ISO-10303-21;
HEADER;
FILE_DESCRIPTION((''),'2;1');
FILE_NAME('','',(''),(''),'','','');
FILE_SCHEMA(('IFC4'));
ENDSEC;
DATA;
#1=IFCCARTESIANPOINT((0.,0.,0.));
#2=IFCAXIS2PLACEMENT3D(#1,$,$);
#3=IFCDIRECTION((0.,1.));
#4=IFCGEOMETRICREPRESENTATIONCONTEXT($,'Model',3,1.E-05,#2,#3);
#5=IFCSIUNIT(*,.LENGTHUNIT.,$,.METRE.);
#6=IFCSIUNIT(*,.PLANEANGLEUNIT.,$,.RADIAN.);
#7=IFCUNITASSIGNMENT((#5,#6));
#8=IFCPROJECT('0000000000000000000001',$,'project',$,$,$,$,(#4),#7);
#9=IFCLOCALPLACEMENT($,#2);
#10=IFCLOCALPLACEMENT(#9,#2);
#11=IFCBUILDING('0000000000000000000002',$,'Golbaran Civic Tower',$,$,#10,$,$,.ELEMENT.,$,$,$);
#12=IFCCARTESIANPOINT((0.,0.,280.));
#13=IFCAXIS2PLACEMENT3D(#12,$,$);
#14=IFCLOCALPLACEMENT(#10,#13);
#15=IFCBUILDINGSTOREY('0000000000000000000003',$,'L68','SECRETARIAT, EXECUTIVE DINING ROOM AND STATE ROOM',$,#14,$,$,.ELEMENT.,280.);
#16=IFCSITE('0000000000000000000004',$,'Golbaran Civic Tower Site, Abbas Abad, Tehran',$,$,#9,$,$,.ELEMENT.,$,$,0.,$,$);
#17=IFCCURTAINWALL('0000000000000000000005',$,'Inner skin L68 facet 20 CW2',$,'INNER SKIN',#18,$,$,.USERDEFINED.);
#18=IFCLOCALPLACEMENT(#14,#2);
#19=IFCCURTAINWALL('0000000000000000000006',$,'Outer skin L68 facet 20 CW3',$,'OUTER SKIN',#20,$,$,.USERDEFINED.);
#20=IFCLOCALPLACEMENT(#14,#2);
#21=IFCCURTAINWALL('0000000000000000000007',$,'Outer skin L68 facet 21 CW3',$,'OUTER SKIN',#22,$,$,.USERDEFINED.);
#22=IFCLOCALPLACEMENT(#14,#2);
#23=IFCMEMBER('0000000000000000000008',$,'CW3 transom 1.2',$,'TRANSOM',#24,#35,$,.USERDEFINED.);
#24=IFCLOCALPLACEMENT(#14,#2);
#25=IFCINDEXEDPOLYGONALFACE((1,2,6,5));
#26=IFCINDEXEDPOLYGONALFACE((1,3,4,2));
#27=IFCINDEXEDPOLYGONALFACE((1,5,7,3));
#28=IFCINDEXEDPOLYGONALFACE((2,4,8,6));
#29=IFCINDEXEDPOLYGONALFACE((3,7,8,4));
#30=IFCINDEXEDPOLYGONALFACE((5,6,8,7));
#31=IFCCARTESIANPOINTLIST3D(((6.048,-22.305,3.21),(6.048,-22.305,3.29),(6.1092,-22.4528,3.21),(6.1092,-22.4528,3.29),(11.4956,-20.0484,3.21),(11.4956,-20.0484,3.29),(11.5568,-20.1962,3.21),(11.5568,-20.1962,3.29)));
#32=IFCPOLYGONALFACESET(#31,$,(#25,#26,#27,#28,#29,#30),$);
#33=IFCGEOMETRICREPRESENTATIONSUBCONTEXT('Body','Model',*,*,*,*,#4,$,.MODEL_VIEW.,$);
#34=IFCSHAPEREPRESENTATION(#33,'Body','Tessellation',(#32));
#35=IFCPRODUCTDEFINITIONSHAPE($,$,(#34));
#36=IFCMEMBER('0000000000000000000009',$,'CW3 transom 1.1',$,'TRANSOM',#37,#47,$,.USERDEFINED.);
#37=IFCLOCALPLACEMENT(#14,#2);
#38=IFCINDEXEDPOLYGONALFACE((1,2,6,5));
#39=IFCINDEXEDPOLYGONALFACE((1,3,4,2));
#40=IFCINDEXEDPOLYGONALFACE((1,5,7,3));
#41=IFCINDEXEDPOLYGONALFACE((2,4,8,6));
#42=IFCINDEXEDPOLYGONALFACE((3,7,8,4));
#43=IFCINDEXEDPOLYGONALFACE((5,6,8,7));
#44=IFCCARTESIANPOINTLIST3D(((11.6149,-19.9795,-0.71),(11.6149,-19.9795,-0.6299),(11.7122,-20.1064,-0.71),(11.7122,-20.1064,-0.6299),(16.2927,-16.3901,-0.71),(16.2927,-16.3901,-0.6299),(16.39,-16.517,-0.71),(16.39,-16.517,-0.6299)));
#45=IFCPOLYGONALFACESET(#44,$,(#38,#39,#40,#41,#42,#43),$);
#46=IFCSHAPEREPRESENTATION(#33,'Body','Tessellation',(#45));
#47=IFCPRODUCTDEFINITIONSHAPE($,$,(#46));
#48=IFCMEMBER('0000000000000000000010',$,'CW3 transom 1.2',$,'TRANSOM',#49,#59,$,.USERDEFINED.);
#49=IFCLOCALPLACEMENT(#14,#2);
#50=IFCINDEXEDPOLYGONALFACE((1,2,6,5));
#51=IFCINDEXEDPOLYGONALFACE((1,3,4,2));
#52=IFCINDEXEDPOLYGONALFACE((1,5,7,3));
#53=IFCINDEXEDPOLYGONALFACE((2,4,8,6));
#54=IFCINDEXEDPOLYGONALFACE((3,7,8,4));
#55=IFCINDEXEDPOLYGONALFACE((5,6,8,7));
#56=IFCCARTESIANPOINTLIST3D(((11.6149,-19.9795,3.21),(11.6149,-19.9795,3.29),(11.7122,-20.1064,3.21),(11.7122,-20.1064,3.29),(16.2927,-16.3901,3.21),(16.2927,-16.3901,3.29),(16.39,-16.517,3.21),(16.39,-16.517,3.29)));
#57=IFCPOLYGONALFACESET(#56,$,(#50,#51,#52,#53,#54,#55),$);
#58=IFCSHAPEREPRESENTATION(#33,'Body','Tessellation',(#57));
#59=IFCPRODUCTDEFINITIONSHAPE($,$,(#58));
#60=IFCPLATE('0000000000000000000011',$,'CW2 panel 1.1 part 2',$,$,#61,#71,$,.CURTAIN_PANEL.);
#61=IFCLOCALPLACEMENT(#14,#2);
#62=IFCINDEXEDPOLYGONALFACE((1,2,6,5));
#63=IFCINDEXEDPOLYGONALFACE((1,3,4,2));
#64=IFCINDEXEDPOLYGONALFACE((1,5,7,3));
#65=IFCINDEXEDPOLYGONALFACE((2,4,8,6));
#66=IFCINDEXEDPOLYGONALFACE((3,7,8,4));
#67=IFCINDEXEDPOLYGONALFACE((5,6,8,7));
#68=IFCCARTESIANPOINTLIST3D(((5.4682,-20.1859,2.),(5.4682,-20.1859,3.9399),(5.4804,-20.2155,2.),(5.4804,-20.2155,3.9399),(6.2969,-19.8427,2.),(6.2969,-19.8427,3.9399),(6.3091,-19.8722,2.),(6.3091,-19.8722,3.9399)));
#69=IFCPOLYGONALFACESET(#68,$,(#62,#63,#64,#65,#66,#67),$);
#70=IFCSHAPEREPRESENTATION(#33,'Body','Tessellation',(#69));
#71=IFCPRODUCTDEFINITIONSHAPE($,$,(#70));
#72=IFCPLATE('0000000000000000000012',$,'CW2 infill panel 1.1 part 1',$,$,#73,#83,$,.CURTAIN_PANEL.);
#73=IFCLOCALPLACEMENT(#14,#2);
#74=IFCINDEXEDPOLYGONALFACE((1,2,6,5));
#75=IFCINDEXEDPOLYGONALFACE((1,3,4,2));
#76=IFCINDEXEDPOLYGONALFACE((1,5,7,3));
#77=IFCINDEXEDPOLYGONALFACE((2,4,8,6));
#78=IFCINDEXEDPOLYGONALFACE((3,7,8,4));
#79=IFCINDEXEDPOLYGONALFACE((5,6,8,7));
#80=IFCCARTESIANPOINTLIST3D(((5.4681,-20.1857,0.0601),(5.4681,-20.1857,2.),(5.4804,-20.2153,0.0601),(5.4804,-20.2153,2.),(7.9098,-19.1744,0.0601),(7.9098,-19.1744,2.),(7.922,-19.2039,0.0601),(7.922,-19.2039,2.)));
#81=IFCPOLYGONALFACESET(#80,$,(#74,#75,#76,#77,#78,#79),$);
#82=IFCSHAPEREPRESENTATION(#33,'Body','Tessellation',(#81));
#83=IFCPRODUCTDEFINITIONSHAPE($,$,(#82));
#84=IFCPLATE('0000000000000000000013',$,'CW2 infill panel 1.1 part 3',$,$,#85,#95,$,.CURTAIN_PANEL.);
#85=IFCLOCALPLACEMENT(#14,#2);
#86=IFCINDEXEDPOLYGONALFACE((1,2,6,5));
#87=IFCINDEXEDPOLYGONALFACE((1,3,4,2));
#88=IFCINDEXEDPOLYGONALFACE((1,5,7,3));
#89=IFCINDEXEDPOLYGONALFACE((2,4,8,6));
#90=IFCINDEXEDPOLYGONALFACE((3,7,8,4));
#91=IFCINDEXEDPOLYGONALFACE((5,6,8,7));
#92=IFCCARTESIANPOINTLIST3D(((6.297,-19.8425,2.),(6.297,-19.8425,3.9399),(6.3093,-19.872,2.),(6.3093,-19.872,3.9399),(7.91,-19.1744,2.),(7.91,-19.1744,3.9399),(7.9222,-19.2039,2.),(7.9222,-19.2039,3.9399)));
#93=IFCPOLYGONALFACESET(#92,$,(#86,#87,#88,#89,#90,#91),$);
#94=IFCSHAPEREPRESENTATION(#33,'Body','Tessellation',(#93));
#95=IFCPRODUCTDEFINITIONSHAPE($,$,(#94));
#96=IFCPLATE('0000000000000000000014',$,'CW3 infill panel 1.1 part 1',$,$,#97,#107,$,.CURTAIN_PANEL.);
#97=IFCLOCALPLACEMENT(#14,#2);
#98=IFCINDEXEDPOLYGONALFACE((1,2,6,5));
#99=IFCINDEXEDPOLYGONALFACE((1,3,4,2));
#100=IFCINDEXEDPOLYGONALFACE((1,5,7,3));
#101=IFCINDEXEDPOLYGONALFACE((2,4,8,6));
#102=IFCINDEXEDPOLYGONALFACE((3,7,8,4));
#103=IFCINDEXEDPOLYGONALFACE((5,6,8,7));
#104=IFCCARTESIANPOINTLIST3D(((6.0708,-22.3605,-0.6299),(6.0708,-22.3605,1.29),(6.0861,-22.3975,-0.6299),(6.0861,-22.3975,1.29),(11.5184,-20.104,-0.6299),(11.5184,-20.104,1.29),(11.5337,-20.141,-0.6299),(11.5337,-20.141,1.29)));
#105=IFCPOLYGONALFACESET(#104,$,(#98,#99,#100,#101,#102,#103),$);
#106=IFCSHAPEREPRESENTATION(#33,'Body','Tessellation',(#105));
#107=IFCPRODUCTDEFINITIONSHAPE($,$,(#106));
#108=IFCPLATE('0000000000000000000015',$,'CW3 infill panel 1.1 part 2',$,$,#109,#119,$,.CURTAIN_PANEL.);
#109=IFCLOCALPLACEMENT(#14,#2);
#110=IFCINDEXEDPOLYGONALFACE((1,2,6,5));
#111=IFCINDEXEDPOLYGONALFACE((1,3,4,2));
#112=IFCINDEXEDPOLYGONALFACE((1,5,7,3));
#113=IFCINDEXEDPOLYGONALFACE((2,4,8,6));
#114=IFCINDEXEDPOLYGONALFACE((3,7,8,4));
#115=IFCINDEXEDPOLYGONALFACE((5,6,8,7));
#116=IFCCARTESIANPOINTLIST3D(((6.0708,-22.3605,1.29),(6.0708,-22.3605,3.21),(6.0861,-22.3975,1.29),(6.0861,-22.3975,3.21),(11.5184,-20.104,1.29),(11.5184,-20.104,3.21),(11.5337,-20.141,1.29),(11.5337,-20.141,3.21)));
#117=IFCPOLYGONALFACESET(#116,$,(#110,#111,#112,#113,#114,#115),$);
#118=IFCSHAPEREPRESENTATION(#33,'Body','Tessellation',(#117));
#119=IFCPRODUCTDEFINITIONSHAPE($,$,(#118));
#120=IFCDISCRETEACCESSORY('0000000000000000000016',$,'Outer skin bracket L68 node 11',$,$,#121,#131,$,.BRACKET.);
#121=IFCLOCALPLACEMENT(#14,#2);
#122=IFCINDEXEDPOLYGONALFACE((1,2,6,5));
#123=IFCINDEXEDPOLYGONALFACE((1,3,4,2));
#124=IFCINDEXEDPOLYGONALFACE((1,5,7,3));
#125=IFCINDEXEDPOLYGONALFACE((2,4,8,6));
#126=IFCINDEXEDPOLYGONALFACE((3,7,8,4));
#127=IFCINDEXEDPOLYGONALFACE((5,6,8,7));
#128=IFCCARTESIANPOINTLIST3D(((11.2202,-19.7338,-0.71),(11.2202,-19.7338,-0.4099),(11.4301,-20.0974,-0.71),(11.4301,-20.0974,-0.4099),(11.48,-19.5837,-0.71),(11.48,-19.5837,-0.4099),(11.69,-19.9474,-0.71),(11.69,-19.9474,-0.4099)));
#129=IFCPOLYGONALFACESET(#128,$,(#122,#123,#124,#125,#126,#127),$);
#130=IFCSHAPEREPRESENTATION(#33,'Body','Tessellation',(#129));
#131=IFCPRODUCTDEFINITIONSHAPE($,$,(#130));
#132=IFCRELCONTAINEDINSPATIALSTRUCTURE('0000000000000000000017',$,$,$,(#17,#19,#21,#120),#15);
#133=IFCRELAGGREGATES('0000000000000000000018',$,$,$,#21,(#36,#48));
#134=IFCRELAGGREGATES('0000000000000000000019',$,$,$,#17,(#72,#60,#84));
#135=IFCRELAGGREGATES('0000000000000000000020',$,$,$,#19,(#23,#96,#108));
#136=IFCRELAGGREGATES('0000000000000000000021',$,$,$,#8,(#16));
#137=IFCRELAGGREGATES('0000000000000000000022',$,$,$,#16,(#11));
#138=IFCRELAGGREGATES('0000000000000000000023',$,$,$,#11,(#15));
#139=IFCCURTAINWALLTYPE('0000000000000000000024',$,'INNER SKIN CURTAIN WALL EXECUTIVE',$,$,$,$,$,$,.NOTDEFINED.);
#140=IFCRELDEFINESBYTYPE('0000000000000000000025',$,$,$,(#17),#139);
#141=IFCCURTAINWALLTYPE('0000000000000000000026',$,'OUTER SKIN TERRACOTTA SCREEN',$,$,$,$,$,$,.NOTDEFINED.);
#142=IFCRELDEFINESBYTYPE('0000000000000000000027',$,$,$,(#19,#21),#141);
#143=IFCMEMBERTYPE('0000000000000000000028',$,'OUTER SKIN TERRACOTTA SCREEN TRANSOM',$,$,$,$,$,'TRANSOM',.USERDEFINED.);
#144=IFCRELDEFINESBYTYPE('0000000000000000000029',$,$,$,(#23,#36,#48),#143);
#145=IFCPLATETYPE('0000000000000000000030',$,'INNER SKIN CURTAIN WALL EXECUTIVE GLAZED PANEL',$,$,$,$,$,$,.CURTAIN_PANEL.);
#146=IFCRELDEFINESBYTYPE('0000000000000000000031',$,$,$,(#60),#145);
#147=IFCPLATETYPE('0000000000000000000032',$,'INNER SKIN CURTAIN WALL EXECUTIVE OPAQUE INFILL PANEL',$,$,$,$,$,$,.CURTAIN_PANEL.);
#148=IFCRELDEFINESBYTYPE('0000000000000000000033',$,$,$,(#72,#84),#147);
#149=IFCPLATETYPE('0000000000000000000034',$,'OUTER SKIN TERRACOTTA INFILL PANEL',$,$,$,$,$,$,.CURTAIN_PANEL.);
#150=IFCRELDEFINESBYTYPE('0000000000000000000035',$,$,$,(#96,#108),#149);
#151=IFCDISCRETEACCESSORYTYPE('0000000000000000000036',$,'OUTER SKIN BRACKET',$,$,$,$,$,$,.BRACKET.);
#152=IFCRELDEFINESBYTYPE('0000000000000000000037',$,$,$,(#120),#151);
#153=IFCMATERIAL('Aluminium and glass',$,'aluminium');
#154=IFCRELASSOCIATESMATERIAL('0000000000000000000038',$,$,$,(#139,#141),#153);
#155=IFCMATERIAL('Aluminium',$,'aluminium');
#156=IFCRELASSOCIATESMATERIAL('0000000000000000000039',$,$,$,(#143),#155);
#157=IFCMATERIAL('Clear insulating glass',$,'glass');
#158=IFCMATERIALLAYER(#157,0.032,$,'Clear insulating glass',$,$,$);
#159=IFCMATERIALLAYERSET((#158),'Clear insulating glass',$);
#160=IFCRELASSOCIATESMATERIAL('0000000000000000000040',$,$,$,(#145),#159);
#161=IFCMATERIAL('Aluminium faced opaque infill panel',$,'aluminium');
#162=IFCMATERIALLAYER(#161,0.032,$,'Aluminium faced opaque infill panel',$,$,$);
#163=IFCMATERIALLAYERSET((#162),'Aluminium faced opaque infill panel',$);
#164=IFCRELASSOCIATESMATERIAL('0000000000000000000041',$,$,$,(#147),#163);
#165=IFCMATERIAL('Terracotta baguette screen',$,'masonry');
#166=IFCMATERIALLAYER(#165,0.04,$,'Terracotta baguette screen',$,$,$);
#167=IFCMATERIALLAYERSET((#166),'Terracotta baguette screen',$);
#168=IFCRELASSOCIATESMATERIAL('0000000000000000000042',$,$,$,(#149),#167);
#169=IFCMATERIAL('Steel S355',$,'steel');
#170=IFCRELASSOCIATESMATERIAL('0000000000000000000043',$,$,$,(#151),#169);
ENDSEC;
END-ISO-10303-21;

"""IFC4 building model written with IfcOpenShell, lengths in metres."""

from ifc_helpers import new_model, si_unit, direction, frame, origin, origin_2d, place, context, subcontext, project, spatial, rectangle, extrude, material, layer, layer_set, material_profile, profile_set, type_object, element, aggregate, save


model = new_model("IFC4")

# Units and contexts
model_context = context("Model", 3, precision=1e-05, world=origin(), true_north=direction((0.0, 1.0)))
body_context = subcontext(model_context, "Body", "Model", "MODEL_VIEW")
ifc_project = project(units=[si_unit("LENGTHUNIT", "METRE"), si_unit("PLANEANGLEUNIT", "RADIAN")], contexts=[model_context])

# Site, building, storey
site_placement = place(None, origin())
site = spatial("IfcSite", under=ifc_project, at=site_placement, Name="Golbaran Civic Tower Site, Abbas Abad, Tehran", CompositionType="ELEMENT", RefElevation=0.0)
building_placement = place(site_placement, origin())
building = spatial("IfcBuilding", under=site, at=building_placement, Name="Golbaran Civic Tower", CompositionType="ELEMENT")
storey_placement = place(building_placement, frame((0.0, 0.0, 280.0)))
storey = spatial("IfcBuildingStorey", under=building, at=storey_placement, Name="L68", Description="SECRETARIAT, EXECUTIVE DINING ROOM AND STATE ROOM", CompositionType="ELEMENT", Elevation=280.0)

# Shared definitions
ifc_material_1 = material(Name="Steel S355", Category="steel")

# Curtain wall
ifc_material_2 = material(Name="Aluminium and glass", Category="aluminium")
curtain_wall_type_1 = type_object("IfcCurtainWallType", Name="INNER SKIN CURTAIN WALL EXECUTIVE", PredefinedType="NOTDEFINED", material=ifc_material_2)
curtain_wall_1_placement = place(storey_placement, origin())
curtain_wall_1 = element("IfcCurtainWall", 1, at=curtain_wall_1_placement, inside=storey, type_object=curtain_wall_type_1, Name="Inner skin L68 facet 20 CW2", ObjectType="INNER SKIN", PredefinedType="USERDEFINED")
ifc_material_3 = material(Name="Aluminium", Category="aluminium")

# Shared definitions
curtain_wall_type_2 = type_object("IfcCurtainWallType", Name="OUTER SKIN TERRACOTTA SCREEN", PredefinedType="NOTDEFINED", material=ifc_material_2)

# Curtain wall
curtain_wall_2_placement = place(storey_placement, origin())
curtain_wall_2 = element("IfcCurtainWall", 2, at=curtain_wall_2_placement, inside=storey, type_object=curtain_wall_type_2, Name="Outer skin L68 facet 20 CW3", ObjectType="OUTER SKIN", PredefinedType="USERDEFINED")

# Curtain wall
curtain_wall_3_placement = place(storey_placement, origin())
curtain_wall_3 = element("IfcCurtainWall", 3, at=curtain_wall_3_placement, inside=storey, type_object=curtain_wall_type_2, Name="Outer skin L68 facet 21 CW3", ObjectType="OUTER SKIN", PredefinedType="USERDEFINED")

# Members
ifc_material_profile_1 = material_profile(ifc_material_3, rectangle(XDim=0.1599, YDim=0.0801, at=origin_2d()), Name="OUTER SKIN TERRACOTTA SCREEN TRANSOM")
ifc_profile_set_1 = profile_set([ifc_material_profile_1], Name="Aluminium")
member_type_1 = type_object("IfcMemberType", Name="OUTER SKIN TERRACOTTA SCREEN TRANSOM", ElementType="TRANSOM", PredefinedType="USERDEFINED", material=ifc_profile_set_1)
member_1_placement = place(storey_placement, frame((6.0786, -22.3789, 3.25), z_axis=(0.92387, 0.382707, 0.0), x_axis=(-0.382707, 0.92387, 0.0)))
member_1 = element("IfcMember", 4, at=member_1_placement, type_object=member_type_1, Name="CW3 transom 1.2", ObjectType="TRANSOM", PredefinedType="USERDEFINED", context=body_context, shape_type="SweptSolid", body=[
    extrude(rectangle(XDim=0.1599, YDim=0.0801, at=origin_2d()), origin(), (0.0, 0.0, 1.0), 5.8965),
])
member_2_placement = place(storey_placement, frame((11.6636, -20.043, -0.6699), z_axis=(0.793353, 0.608762, 0.0), x_axis=(-0.608762, 0.793353, 0.0)))
member_2 = element("IfcMember", 5, at=member_2_placement, type_object=member_type_1, Name="CW3 transom 1.1", ObjectType="TRANSOM", PredefinedType="USERDEFINED", context=body_context, shape_type="SweptSolid", body=[
    extrude(rectangle(XDim=0.1599, YDim=0.0801, at=origin_2d()), origin(), (0.0, 0.0, 1.0), 5.8962),
])
member_3_placement = place(storey_placement, frame((11.6636, -20.043, 3.25), z_axis=(0.793353, 0.608762, 0.0), x_axis=(-0.608762, 0.793353, 0.0)))
member_3 = element("IfcMember", 6, at=member_3_placement, type_object=member_type_1, Name="CW3 transom 1.2", ObjectType="TRANSOM", PredefinedType="USERDEFINED", context=body_context, shape_type="SweptSolid", body=[
    extrude(rectangle(XDim=0.1599, YDim=0.0801, at=origin_2d()), origin(), (0.0, 0.0, 1.0), 5.8962),
])
aggregate(curtain_wall_3, [member_2, member_3])

# Plates
ifc_material_4 = material(Name="Clear insulating glass", Category="glass")
ifc_layer_1 = layer(ifc_material_4, 0.032, Name="Clear insulating glass")
ifc_layer_set_1 = layer_set([ifc_layer_1], Name="Clear insulating glass")
plate_type_1 = type_object("IfcPlateType", Name="INNER SKIN CURTAIN WALL EXECUTIVE GLAZED PANEL", PredefinedType="CURTAIN_PANEL", material=ifc_layer_set_1)
plate_1_placement = place(storey_placement, frame((5.8887, -20.0291, 2.0), z_axis=(0.0, 0.0, 1.0), x_axis=(0.92388, 0.382683, 0.0)))
plate_1 = element("IfcPlate", 7, at=plate_1_placement, type_object=plate_type_1, Name="CW2 panel 1.1 part 2", PredefinedType="CURTAIN_PANEL", context=body_context, shape_type="SweptSolid", body=[
    extrude(rectangle(XDim=0.897, YDim=0.032, at=origin_2d()), origin(), (0.0, 0.0, 1.0), 1.9399),
])
ifc_material_5 = material(Name="Aluminium faced opaque infill panel", Category="aluminium")
ifc_layer_2 = layer(ifc_material_5, 0.032, Name="Aluminium faced opaque infill panel")
ifc_layer_set_2 = layer_set([ifc_layer_2], Name="Aluminium faced opaque infill panel")
plate_type_2 = type_object("IfcPlateType", Name="INNER SKIN CURTAIN WALL EXECUTIVE OPAQUE INFILL PANEL", PredefinedType="CURTAIN_PANEL", material=ifc_layer_set_2)
plate_2_placement = place(storey_placement, frame((6.6951, -19.6948, 0.0601), z_axis=(0.0, 0.0, 1.0), x_axis=(0.92388, 0.382683, 0.0)))
plate_2 = element("IfcPlate", 8, at=plate_2_placement, type_object=plate_type_2, Name="CW2 infill panel 1.1 part 1", PredefinedType="CURTAIN_PANEL", context=body_context, shape_type="SweptSolid", body=[
    extrude(rectangle(XDim=2.6428, YDim=0.032, at=origin_2d()), origin(), (0.0, 0.0, 1.0), 1.9399),
])
plate_3_placement = place(storey_placement, frame((7.1096, -19.5232, 2.0), z_axis=(0.0, 0.0, 1.0), x_axis=(0.92388, 0.382683, 0.0)))
plate_3 = element("IfcPlate", 9, at=plate_3_placement, type_object=plate_type_2, Name="CW2 infill panel 1.1 part 3", PredefinedType="CURTAIN_PANEL", context=body_context, shape_type="SweptSolid", body=[
    extrude(rectangle(XDim=1.7458, YDim=0.032, at=origin_2d()), origin(), (0.0, 0.0, 1.0), 1.9399),
])
aggregate(curtain_wall_1, [plate_2, plate_1, plate_3])
ifc_material_6 = material(Name="Terracotta baguette screen", Category="masonry")
ifc_layer_3 = layer(ifc_material_6, 0.04, Name="Terracotta baguette screen")
ifc_layer_set_3 = layer_set([ifc_layer_3], Name="Terracotta baguette screen")
plate_type_3 = type_object("IfcPlateType", Name="OUTER SKIN TERRACOTTA INFILL PANEL", PredefinedType="CURTAIN_PANEL", material=ifc_layer_set_3)
plate_4_placement = place(storey_placement, frame((8.8022, -21.2507, -0.6299), z_axis=(0.0, 0.0, 1.0), x_axis=(0.92388, 0.382683, 0.0)))
plate_4 = element("IfcPlate", 10, at=plate_4_placement, type_object=plate_type_3, Name="CW3 infill panel 1.1 part 1", PredefinedType="CURTAIN_PANEL", context=body_context, shape_type="SweptSolid", body=[
    extrude(rectangle(XDim=5.8965, YDim=0.04, at=origin_2d()), origin(), (0.0, 0.0, 1.0), 1.9199),
])
plate_5_placement = place(storey_placement, frame((8.8022, -21.2507, 1.29), z_axis=(0.0, 0.0, 1.0), x_axis=(0.92388, 0.382683, 0.0)))
plate_5 = element("IfcPlate", 11, at=plate_5_placement, type_object=plate_type_3, Name="CW3 infill panel 1.1 part 2", PredefinedType="CURTAIN_PANEL", context=body_context, shape_type="SweptSolid", body=[
    extrude(rectangle(XDim=5.8965, YDim=0.04, at=origin_2d()), origin(), (0.0, 0.0, 1.0), 1.9199),
])
aggregate(curtain_wall_2, [member_1, plate_4, plate_5])

# Discrete accessory
discrete_accessory_type = type_object("IfcDiscreteAccessoryType", Name="OUTER SKIN BRACKET", PredefinedType="BRACKET", material=ifc_material_1)
discrete_accessory_placement = place(storey_placement, frame((11.4551, -19.8406, -0.71), z_axis=(0.0, 0.0, 1.0), x_axis=(0.5, -0.866025, 0.0)))
element("IfcDiscreteAccessory", 12, at=discrete_accessory_placement, inside=storey, type_object=discrete_accessory_type, Name="Outer skin bracket L68 node 11", PredefinedType="BRACKET", context=body_context, shape_type="SweptSolid", body=[
    extrude(rectangle(XDim=0.4199, YDim=0.3, at=origin_2d()), origin(), (0.0, 0.0, 1.0), 0.3),
])

save(model, "model.ifc")
